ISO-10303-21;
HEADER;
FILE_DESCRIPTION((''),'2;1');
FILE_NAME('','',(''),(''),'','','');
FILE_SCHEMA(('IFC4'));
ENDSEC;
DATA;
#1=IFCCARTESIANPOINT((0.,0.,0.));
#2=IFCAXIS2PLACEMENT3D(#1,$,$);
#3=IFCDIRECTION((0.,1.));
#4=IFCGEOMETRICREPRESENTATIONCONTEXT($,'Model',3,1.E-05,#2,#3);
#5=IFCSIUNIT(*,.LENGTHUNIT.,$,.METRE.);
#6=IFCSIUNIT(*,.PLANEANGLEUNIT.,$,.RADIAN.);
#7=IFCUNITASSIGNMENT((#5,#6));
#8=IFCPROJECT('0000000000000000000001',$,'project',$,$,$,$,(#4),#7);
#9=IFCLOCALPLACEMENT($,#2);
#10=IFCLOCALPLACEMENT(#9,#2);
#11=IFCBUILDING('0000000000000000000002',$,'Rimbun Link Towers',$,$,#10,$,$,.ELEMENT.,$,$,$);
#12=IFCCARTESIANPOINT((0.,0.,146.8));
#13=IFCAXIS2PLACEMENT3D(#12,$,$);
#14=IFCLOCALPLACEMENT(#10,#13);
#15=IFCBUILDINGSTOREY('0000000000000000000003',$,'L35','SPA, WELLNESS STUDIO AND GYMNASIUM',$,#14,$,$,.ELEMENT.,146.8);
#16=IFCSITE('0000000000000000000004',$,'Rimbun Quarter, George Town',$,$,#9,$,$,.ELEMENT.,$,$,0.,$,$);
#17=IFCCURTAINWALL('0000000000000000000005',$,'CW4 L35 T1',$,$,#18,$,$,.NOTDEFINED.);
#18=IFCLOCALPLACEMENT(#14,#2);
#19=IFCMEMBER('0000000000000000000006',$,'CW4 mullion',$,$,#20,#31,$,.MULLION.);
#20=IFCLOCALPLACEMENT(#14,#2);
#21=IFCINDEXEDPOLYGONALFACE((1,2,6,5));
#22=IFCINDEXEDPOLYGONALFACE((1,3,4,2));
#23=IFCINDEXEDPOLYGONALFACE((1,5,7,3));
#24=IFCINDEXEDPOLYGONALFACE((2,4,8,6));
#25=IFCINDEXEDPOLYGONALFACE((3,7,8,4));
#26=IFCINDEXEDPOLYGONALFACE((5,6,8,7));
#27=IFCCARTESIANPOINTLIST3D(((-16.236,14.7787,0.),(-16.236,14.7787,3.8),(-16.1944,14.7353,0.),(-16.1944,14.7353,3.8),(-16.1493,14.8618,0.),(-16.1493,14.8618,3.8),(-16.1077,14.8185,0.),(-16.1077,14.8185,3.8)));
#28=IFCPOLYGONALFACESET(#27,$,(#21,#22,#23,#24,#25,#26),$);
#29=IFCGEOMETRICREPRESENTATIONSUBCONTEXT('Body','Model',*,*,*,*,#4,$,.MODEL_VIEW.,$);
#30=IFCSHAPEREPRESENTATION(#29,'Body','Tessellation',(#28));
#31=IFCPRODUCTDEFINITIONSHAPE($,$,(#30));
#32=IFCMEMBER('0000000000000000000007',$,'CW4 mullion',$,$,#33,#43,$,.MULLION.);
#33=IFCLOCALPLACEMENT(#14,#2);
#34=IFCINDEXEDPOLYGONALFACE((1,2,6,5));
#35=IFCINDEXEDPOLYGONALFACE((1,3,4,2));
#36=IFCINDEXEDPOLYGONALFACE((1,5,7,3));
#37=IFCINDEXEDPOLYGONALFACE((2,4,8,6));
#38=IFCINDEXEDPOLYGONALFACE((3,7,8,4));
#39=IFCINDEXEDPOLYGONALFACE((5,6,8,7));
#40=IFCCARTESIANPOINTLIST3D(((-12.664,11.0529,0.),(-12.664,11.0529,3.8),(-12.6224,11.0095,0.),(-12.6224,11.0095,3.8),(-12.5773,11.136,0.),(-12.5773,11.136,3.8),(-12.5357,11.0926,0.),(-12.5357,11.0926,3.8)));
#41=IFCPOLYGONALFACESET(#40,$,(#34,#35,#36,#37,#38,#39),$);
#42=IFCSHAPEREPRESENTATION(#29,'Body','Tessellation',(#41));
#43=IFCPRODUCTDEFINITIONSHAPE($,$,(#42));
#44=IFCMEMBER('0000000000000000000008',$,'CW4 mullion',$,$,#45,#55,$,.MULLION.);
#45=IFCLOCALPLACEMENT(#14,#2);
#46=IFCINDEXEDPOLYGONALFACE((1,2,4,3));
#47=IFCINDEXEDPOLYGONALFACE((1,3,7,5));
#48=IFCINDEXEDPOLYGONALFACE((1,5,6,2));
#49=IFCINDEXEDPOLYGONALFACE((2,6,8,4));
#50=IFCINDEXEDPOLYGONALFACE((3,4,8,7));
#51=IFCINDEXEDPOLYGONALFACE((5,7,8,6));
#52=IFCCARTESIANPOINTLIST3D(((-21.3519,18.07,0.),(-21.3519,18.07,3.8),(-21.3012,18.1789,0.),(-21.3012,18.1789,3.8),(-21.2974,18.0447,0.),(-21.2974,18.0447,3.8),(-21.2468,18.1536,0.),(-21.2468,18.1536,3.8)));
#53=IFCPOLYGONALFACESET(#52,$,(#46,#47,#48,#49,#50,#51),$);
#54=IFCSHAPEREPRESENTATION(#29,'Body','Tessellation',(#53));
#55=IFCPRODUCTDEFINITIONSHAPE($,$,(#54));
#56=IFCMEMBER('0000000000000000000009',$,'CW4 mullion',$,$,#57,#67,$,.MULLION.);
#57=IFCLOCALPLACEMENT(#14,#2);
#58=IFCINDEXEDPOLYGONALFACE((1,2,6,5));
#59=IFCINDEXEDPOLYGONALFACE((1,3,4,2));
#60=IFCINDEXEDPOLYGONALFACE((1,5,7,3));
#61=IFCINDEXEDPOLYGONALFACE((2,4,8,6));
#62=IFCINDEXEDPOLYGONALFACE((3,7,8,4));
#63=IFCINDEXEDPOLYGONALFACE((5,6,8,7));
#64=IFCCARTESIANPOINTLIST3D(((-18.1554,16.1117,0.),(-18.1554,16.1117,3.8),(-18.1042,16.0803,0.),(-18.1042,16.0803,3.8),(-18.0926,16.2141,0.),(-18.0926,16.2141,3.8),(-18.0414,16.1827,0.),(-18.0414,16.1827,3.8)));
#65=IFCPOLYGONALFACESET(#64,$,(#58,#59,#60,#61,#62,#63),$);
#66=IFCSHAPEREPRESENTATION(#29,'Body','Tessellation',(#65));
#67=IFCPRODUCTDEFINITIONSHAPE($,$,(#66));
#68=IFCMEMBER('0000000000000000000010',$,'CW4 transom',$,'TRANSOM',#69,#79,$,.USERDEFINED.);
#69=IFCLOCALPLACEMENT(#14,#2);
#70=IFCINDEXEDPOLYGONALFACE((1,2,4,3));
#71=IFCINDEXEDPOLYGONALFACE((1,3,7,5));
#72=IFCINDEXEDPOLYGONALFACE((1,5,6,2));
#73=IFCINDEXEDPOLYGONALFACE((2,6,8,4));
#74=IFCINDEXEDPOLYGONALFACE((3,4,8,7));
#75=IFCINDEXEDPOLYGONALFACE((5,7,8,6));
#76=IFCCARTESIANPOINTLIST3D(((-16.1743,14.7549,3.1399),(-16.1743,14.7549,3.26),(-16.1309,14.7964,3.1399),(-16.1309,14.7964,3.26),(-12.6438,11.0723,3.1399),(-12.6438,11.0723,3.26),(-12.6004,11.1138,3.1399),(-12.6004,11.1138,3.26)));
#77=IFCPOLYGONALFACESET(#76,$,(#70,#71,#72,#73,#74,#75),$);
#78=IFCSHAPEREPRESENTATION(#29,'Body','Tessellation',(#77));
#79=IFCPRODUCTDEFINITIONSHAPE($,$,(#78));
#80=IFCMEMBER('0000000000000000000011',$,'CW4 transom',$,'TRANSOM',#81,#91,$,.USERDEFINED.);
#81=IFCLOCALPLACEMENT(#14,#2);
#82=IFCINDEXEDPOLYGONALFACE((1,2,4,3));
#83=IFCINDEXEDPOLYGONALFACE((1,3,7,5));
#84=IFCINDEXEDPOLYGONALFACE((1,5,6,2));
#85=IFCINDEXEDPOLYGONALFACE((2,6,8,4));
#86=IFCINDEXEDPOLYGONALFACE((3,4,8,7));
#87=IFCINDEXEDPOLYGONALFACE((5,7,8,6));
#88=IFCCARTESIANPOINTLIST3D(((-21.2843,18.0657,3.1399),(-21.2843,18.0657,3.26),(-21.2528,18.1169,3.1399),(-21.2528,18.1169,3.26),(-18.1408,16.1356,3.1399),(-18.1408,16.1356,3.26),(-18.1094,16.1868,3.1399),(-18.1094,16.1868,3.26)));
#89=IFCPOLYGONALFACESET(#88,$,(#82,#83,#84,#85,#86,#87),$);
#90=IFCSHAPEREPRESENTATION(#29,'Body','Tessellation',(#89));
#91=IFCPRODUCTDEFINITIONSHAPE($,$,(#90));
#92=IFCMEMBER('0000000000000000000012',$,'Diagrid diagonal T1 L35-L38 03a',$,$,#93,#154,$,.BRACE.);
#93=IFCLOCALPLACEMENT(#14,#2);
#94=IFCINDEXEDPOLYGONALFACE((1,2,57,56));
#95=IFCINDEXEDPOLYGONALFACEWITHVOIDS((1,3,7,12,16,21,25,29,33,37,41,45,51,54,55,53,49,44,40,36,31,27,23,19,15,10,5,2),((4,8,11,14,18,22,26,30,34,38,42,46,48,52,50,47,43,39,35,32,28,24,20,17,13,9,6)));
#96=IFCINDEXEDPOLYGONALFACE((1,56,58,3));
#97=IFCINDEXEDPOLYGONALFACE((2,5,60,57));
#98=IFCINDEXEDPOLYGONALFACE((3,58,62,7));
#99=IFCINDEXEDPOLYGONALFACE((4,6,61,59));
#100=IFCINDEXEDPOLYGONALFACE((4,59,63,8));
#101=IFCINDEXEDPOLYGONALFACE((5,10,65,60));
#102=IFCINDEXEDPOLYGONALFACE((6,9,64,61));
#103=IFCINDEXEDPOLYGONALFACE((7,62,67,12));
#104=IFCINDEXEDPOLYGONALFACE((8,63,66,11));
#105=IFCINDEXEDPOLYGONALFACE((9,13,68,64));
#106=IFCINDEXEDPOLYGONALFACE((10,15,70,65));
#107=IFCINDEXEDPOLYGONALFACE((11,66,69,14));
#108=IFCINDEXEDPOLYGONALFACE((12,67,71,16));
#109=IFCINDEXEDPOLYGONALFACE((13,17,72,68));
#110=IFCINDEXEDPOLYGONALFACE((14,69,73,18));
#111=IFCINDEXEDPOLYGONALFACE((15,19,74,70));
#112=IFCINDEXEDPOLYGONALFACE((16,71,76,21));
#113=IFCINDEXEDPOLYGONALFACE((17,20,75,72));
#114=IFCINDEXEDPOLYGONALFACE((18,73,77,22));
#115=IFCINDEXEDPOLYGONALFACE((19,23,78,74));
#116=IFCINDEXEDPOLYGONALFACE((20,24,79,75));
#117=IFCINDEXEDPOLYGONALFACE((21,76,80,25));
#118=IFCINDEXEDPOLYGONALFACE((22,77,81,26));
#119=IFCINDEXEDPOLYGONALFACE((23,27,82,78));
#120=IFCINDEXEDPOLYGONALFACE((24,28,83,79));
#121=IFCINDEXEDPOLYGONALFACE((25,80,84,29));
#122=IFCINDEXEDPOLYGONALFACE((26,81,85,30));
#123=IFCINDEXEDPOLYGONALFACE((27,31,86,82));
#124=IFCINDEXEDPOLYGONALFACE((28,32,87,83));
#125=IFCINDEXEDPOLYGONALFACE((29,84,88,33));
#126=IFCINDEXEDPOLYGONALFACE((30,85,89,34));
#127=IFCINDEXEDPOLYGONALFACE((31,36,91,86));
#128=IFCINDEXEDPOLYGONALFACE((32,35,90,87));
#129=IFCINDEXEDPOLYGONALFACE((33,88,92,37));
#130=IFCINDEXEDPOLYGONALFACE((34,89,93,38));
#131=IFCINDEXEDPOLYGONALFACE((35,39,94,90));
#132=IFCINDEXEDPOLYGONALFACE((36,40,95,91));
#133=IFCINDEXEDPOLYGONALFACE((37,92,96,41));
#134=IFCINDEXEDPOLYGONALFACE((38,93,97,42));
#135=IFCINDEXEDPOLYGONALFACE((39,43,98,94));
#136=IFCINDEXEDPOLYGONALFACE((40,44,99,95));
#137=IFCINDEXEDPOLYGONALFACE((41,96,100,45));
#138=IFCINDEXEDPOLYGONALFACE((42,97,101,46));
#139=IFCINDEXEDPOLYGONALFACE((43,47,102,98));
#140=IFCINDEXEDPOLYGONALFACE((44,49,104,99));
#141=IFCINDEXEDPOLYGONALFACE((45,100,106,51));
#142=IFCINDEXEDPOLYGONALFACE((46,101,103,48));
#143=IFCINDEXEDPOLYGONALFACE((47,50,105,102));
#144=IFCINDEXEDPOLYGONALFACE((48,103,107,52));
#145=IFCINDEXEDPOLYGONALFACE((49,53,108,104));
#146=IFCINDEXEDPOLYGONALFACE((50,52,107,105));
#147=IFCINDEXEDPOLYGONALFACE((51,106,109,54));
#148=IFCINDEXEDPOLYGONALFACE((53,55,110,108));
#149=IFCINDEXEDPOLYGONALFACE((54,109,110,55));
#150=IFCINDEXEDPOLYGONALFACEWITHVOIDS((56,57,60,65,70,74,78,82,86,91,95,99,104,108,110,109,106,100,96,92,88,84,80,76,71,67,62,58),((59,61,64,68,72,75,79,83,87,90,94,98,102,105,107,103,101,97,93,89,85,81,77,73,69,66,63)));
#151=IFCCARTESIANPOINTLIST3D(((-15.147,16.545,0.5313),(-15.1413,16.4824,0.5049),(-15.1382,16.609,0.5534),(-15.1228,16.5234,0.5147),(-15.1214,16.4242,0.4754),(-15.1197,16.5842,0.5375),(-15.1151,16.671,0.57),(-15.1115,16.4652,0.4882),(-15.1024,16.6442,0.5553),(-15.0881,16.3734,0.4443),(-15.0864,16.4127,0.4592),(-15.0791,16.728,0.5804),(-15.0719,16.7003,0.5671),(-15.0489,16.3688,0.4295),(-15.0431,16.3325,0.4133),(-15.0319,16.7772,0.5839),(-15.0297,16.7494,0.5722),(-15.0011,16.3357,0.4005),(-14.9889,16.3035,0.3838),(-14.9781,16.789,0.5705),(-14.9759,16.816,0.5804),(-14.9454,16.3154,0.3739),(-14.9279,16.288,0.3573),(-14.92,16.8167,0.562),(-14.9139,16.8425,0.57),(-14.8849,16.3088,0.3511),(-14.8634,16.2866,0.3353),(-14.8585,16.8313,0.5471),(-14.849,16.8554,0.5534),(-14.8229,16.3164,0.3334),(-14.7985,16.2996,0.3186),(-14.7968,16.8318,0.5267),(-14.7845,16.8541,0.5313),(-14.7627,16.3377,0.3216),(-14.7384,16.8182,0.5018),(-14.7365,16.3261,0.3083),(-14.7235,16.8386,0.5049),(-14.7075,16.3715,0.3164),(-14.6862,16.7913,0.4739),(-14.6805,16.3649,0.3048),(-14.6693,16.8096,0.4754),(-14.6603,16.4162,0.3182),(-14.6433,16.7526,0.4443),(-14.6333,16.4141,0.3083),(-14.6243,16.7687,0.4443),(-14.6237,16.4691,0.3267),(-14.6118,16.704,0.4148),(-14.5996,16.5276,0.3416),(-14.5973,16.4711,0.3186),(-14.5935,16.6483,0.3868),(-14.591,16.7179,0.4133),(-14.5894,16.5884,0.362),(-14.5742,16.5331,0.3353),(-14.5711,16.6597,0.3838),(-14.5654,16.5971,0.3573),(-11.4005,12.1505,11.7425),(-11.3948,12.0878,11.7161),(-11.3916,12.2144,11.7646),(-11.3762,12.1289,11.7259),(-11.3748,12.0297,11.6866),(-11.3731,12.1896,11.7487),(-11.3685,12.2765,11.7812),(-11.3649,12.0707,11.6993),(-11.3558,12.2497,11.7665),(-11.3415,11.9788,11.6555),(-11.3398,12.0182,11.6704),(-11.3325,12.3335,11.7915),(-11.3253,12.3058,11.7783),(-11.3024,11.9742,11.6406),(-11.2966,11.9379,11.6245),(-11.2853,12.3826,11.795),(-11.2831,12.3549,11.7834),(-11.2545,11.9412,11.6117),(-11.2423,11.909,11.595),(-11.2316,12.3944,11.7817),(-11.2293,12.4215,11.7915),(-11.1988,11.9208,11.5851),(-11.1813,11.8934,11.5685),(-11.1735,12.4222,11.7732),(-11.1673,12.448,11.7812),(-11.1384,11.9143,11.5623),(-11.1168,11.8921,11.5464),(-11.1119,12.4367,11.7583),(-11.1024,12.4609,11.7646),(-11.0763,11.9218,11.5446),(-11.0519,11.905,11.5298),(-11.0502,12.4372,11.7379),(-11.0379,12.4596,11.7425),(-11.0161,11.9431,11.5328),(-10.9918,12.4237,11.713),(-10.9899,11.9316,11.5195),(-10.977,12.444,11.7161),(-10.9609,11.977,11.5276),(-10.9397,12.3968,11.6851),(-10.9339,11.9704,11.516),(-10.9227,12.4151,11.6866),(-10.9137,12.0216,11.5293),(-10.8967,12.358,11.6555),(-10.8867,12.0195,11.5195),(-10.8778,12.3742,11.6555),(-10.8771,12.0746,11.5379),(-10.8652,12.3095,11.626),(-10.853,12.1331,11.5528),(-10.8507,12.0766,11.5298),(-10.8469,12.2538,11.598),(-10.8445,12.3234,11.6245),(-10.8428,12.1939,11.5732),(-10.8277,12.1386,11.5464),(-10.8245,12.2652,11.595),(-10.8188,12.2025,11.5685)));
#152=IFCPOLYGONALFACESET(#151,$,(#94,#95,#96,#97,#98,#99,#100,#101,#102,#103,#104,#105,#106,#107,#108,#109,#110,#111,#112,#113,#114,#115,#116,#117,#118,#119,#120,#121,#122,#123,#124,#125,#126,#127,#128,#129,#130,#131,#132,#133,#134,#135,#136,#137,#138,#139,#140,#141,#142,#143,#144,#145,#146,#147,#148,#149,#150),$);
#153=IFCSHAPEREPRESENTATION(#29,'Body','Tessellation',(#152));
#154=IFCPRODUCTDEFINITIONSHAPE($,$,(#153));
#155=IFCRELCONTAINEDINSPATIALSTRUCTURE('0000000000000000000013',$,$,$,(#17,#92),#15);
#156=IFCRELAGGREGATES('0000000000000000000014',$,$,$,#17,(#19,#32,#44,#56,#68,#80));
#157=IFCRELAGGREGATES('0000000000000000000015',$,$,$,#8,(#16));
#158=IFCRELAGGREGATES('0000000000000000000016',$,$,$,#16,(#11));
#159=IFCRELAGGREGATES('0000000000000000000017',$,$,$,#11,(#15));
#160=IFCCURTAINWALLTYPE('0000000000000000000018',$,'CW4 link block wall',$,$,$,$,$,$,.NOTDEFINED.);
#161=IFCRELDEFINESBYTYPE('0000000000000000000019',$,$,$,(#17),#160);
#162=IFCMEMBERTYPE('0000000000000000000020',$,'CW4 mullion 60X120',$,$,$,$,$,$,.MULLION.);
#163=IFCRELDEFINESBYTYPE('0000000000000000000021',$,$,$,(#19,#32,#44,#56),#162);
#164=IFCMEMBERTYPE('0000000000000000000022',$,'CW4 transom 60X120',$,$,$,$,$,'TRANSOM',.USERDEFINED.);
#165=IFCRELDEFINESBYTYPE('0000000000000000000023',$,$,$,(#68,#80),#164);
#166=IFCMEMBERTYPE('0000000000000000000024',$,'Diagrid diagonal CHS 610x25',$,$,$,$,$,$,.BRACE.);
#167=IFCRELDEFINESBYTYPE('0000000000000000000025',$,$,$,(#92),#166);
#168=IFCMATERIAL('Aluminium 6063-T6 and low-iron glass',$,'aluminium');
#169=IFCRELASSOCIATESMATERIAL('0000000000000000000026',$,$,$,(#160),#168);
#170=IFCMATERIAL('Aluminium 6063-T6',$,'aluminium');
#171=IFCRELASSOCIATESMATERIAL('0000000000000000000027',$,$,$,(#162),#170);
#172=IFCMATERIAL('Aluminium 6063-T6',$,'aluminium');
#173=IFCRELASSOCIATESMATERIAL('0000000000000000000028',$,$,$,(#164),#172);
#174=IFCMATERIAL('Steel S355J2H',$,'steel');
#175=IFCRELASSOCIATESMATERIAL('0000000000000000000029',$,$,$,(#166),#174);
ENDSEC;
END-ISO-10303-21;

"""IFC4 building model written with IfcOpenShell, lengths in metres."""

from ifc_helpers import new_model, si_unit, direction, frame, origin, origin_2d, place, context, subcontext, project, spatial, rectangle, hollow_circle, extrude, material, material_profile, profile_set, type_object, element, aggregate, save


model = new_model("IFC4")

# Units and contexts
model_context = context("Model", 3, precision=1e-05, world=origin(), true_north=direction((0.0, 1.0)))
body_context = subcontext(model_context, "Body", "Model", "MODEL_VIEW")
ifc_project = project(units=[si_unit("LENGTHUNIT", "METRE"), si_unit("PLANEANGLEUNIT", "RADIAN")], contexts=[model_context])

# Site, building, storey
site_placement = place(None, origin())
site = spatial("IfcSite", under=ifc_project, at=site_placement, Name="Rimbun Quarter, George Town", CompositionType="ELEMENT", RefElevation=0.0)
building_placement = place(site_placement, origin())
building = spatial("IfcBuilding", under=site, at=building_placement, Name="Rimbun Link Towers", CompositionType="ELEMENT")
storey_placement = place(building_placement, frame((0.0, 0.0, 146.8)))
storey = spatial("IfcBuildingStorey", under=building, at=storey_placement, Name="L35", Description="SPA, WELLNESS STUDIO AND GYMNASIUM", CompositionType="ELEMENT", Elevation=146.8)

# Curtain wall, members
ifc_material_1 = material(Name="Aluminium 6063-T6 and low-iron glass", Category="aluminium")
curtain_wall_type = type_object("IfcCurtainWallType", Name="CW4 link block wall", PredefinedType="NOTDEFINED", material=ifc_material_1)
curtain_wall_placement = place(storey_placement, origin())
curtain_wall = element("IfcCurtainWall", 1, at=curtain_wall_placement, inside=storey, type_object=curtain_wall_type, Name="CW4 L35 T1", PredefinedType="NOTDEFINED")
ifc_material_2 = material(Name="Aluminium 6063-T6", Category="aluminium")
ifc_material_profile_1 = material_profile(ifc_material_2, rectangle(XDim=0.1201, YDim=0.0601, at=origin_2d()), Name="MULLION 60X120")
ifc_profile_set_1 = profile_set([ifc_material_profile_1], Name="Aluminium 6063-T6")
member_type_1 = type_object("IfcMemberType", Name="CW4 mullion 60X120", PredefinedType="MULLION", material=ifc_profile_set_1)
member_1_placement = place(storey_placement, frame((-16.1719, 14.7986, 0.0), z_axis=(0.0, 0.0, 1.0), x_axis=(0.721858, 0.692041, 0.0)))
member_1 = element("IfcMember", 2, at=member_1_placement, type_object=member_type_1, Name="CW4 mullion", PredefinedType="MULLION", context=body_context, shape_type="SweptSolid", body=[
    extrude(rectangle(XDim=0.1201, YDim=0.0601, at=origin_2d()), origin(), (0.0, 0.0, 1.0), 3.8),
])
member_2_placement = place(storey_placement, frame((-12.5999, 11.0728, 0.0), z_axis=(0.0, 0.0, 1.0), x_axis=(0.721858, 0.692041, 0.0)))
member_2 = element("IfcMember", 3, at=member_2_placement, type_object=member_type_1, Name="CW4 mullion", PredefinedType="MULLION", context=body_context, shape_type="SweptSolid", body=[
    extrude(rectangle(XDim=0.1201, YDim=0.0601, at=origin_2d()), origin(), (0.0, 0.0, 1.0), 3.8),
])
member_3_placement = place(storey_placement, frame((-21.2993, 18.1118, 0.0), z_axis=(0.0, 0.0, 1.0), x_axis=(0.421697, 0.906737, 0.0)))
member_3 = element("IfcMember", 4, at=member_3_placement, type_object=member_type_1, Name="CW4 mullion", PredefinedType="MULLION", context=body_context, shape_type="SweptSolid", body=[
    extrude(rectangle(XDim=0.1201, YDim=0.0601, at=origin_2d()), origin(), (0.0, 0.0, 1.0), 3.8),
])
member_4_placement = place(storey_placement, frame((-18.0984, 16.1472, 0.0), z_axis=(0.0, 0.0, 1.0), x_axis=(0.523225, 0.852194, 0.0)))
member_4 = element("IfcMember", 5, at=member_4_placement, type_object=member_type_1, Name="CW4 mullion", PredefinedType="MULLION", context=body_context, shape_type="SweptSolid", body=[
    extrude(rectangle(XDim=0.1201, YDim=0.0601, at=origin_2d()), origin(), (0.0, 0.0, 1.0), 3.8),
])
ifc_material_3 = material(Name="Aluminium 6063-T6", Category="aluminium")
ifc_material_profile_2 = material_profile(ifc_material_3, rectangle(XDim=0.0601, YDim=0.1201, at=origin_2d()), Name="TRANSOM 60X120")
ifc_profile_set_2 = profile_set([ifc_material_profile_2], Name="Aluminium 6063-T6")
member_type_2 = type_object("IfcMemberType", Name="CW4 transom 60X120", ElementType="TRANSOM", PredefinedType="USERDEFINED", material=ifc_profile_set_2)
member_5_placement = place(storey_placement, frame((-16.1526, 14.7756, 3.2), z_axis=(0.692043, -0.721857, 0.0), x_axis=(0.721857, 0.692043, 0.0)))
member_5 = element("IfcMember", 6, at=member_5_placement, type_object=member_type_2, Name="CW4 transom", ObjectType="TRANSOM", PredefinedType="USERDEFINED", context=body_context, shape_type="SweptSolid", body=[
    extrude(rectangle(XDim=0.0601, YDim=0.1201, at=origin_2d()), origin(), (0.0, 0.0, 1.0), 5.1016),
])
member_6_placement = place(storey_placement, frame((-21.2686, 18.0913, 3.2), z_axis=(0.852181, -0.523248, 0.0), x_axis=(0.523248, 0.852181, 0.0)))
member_6 = element("IfcMember", 7, at=member_6_placement, type_object=member_type_2, Name="CW4 transom", ObjectType="TRANSOM", PredefinedType="USERDEFINED", context=body_context, shape_type="SweptSolid", body=[
    extrude(rectangle(XDim=0.0601, YDim=0.1201, at=origin_2d()), origin(), (0.0, 0.0, 1.0), 3.6887),
])

# Member
ifc_material_4 = material(Name="Steel S355J2H", Category="steel")
ifc_material_profile_3 = material_profile(ifc_material_4, hollow_circle(Radius=0.3047, WallThickness=0.0249, at=origin_2d()), Name="Diagrid diagonal CHS 610x25")
ifc_profile_set_3 = profile_set([ifc_material_profile_3], Name="Steel S355J2H")
member_type_3 = type_object("IfcMemberType", Name="Diagrid diagonal CHS 610x25", PredefinedType="BRACE", material=ifc_profile_set_3)
member_7_placement = place(storey_placement, frame((-14.8562, 16.571, 0.4443), z_axis=(0.297086, -0.348466, 0.888994), x_axis=(0.760979, 0.648777, 0.0)))
element("IfcMember", 8, at=member_7_placement, inside=storey, type_object=member_type_3, Name="Diagrid diagonal T1 L35-L38 03a", PredefinedType="BRACE", context=body_context, shape_type="SweptSolid", body=[
    extrude(hollow_circle(Radius=0.3047, WallThickness=0.0249, at=origin_2d()), origin(), (0.0, 0.0, 1.0), 12.6111),
])

aggregate(curtain_wall, [member_1, member_2, member_3, member_4, member_5, member_6])

save(model, "model.ifc")
